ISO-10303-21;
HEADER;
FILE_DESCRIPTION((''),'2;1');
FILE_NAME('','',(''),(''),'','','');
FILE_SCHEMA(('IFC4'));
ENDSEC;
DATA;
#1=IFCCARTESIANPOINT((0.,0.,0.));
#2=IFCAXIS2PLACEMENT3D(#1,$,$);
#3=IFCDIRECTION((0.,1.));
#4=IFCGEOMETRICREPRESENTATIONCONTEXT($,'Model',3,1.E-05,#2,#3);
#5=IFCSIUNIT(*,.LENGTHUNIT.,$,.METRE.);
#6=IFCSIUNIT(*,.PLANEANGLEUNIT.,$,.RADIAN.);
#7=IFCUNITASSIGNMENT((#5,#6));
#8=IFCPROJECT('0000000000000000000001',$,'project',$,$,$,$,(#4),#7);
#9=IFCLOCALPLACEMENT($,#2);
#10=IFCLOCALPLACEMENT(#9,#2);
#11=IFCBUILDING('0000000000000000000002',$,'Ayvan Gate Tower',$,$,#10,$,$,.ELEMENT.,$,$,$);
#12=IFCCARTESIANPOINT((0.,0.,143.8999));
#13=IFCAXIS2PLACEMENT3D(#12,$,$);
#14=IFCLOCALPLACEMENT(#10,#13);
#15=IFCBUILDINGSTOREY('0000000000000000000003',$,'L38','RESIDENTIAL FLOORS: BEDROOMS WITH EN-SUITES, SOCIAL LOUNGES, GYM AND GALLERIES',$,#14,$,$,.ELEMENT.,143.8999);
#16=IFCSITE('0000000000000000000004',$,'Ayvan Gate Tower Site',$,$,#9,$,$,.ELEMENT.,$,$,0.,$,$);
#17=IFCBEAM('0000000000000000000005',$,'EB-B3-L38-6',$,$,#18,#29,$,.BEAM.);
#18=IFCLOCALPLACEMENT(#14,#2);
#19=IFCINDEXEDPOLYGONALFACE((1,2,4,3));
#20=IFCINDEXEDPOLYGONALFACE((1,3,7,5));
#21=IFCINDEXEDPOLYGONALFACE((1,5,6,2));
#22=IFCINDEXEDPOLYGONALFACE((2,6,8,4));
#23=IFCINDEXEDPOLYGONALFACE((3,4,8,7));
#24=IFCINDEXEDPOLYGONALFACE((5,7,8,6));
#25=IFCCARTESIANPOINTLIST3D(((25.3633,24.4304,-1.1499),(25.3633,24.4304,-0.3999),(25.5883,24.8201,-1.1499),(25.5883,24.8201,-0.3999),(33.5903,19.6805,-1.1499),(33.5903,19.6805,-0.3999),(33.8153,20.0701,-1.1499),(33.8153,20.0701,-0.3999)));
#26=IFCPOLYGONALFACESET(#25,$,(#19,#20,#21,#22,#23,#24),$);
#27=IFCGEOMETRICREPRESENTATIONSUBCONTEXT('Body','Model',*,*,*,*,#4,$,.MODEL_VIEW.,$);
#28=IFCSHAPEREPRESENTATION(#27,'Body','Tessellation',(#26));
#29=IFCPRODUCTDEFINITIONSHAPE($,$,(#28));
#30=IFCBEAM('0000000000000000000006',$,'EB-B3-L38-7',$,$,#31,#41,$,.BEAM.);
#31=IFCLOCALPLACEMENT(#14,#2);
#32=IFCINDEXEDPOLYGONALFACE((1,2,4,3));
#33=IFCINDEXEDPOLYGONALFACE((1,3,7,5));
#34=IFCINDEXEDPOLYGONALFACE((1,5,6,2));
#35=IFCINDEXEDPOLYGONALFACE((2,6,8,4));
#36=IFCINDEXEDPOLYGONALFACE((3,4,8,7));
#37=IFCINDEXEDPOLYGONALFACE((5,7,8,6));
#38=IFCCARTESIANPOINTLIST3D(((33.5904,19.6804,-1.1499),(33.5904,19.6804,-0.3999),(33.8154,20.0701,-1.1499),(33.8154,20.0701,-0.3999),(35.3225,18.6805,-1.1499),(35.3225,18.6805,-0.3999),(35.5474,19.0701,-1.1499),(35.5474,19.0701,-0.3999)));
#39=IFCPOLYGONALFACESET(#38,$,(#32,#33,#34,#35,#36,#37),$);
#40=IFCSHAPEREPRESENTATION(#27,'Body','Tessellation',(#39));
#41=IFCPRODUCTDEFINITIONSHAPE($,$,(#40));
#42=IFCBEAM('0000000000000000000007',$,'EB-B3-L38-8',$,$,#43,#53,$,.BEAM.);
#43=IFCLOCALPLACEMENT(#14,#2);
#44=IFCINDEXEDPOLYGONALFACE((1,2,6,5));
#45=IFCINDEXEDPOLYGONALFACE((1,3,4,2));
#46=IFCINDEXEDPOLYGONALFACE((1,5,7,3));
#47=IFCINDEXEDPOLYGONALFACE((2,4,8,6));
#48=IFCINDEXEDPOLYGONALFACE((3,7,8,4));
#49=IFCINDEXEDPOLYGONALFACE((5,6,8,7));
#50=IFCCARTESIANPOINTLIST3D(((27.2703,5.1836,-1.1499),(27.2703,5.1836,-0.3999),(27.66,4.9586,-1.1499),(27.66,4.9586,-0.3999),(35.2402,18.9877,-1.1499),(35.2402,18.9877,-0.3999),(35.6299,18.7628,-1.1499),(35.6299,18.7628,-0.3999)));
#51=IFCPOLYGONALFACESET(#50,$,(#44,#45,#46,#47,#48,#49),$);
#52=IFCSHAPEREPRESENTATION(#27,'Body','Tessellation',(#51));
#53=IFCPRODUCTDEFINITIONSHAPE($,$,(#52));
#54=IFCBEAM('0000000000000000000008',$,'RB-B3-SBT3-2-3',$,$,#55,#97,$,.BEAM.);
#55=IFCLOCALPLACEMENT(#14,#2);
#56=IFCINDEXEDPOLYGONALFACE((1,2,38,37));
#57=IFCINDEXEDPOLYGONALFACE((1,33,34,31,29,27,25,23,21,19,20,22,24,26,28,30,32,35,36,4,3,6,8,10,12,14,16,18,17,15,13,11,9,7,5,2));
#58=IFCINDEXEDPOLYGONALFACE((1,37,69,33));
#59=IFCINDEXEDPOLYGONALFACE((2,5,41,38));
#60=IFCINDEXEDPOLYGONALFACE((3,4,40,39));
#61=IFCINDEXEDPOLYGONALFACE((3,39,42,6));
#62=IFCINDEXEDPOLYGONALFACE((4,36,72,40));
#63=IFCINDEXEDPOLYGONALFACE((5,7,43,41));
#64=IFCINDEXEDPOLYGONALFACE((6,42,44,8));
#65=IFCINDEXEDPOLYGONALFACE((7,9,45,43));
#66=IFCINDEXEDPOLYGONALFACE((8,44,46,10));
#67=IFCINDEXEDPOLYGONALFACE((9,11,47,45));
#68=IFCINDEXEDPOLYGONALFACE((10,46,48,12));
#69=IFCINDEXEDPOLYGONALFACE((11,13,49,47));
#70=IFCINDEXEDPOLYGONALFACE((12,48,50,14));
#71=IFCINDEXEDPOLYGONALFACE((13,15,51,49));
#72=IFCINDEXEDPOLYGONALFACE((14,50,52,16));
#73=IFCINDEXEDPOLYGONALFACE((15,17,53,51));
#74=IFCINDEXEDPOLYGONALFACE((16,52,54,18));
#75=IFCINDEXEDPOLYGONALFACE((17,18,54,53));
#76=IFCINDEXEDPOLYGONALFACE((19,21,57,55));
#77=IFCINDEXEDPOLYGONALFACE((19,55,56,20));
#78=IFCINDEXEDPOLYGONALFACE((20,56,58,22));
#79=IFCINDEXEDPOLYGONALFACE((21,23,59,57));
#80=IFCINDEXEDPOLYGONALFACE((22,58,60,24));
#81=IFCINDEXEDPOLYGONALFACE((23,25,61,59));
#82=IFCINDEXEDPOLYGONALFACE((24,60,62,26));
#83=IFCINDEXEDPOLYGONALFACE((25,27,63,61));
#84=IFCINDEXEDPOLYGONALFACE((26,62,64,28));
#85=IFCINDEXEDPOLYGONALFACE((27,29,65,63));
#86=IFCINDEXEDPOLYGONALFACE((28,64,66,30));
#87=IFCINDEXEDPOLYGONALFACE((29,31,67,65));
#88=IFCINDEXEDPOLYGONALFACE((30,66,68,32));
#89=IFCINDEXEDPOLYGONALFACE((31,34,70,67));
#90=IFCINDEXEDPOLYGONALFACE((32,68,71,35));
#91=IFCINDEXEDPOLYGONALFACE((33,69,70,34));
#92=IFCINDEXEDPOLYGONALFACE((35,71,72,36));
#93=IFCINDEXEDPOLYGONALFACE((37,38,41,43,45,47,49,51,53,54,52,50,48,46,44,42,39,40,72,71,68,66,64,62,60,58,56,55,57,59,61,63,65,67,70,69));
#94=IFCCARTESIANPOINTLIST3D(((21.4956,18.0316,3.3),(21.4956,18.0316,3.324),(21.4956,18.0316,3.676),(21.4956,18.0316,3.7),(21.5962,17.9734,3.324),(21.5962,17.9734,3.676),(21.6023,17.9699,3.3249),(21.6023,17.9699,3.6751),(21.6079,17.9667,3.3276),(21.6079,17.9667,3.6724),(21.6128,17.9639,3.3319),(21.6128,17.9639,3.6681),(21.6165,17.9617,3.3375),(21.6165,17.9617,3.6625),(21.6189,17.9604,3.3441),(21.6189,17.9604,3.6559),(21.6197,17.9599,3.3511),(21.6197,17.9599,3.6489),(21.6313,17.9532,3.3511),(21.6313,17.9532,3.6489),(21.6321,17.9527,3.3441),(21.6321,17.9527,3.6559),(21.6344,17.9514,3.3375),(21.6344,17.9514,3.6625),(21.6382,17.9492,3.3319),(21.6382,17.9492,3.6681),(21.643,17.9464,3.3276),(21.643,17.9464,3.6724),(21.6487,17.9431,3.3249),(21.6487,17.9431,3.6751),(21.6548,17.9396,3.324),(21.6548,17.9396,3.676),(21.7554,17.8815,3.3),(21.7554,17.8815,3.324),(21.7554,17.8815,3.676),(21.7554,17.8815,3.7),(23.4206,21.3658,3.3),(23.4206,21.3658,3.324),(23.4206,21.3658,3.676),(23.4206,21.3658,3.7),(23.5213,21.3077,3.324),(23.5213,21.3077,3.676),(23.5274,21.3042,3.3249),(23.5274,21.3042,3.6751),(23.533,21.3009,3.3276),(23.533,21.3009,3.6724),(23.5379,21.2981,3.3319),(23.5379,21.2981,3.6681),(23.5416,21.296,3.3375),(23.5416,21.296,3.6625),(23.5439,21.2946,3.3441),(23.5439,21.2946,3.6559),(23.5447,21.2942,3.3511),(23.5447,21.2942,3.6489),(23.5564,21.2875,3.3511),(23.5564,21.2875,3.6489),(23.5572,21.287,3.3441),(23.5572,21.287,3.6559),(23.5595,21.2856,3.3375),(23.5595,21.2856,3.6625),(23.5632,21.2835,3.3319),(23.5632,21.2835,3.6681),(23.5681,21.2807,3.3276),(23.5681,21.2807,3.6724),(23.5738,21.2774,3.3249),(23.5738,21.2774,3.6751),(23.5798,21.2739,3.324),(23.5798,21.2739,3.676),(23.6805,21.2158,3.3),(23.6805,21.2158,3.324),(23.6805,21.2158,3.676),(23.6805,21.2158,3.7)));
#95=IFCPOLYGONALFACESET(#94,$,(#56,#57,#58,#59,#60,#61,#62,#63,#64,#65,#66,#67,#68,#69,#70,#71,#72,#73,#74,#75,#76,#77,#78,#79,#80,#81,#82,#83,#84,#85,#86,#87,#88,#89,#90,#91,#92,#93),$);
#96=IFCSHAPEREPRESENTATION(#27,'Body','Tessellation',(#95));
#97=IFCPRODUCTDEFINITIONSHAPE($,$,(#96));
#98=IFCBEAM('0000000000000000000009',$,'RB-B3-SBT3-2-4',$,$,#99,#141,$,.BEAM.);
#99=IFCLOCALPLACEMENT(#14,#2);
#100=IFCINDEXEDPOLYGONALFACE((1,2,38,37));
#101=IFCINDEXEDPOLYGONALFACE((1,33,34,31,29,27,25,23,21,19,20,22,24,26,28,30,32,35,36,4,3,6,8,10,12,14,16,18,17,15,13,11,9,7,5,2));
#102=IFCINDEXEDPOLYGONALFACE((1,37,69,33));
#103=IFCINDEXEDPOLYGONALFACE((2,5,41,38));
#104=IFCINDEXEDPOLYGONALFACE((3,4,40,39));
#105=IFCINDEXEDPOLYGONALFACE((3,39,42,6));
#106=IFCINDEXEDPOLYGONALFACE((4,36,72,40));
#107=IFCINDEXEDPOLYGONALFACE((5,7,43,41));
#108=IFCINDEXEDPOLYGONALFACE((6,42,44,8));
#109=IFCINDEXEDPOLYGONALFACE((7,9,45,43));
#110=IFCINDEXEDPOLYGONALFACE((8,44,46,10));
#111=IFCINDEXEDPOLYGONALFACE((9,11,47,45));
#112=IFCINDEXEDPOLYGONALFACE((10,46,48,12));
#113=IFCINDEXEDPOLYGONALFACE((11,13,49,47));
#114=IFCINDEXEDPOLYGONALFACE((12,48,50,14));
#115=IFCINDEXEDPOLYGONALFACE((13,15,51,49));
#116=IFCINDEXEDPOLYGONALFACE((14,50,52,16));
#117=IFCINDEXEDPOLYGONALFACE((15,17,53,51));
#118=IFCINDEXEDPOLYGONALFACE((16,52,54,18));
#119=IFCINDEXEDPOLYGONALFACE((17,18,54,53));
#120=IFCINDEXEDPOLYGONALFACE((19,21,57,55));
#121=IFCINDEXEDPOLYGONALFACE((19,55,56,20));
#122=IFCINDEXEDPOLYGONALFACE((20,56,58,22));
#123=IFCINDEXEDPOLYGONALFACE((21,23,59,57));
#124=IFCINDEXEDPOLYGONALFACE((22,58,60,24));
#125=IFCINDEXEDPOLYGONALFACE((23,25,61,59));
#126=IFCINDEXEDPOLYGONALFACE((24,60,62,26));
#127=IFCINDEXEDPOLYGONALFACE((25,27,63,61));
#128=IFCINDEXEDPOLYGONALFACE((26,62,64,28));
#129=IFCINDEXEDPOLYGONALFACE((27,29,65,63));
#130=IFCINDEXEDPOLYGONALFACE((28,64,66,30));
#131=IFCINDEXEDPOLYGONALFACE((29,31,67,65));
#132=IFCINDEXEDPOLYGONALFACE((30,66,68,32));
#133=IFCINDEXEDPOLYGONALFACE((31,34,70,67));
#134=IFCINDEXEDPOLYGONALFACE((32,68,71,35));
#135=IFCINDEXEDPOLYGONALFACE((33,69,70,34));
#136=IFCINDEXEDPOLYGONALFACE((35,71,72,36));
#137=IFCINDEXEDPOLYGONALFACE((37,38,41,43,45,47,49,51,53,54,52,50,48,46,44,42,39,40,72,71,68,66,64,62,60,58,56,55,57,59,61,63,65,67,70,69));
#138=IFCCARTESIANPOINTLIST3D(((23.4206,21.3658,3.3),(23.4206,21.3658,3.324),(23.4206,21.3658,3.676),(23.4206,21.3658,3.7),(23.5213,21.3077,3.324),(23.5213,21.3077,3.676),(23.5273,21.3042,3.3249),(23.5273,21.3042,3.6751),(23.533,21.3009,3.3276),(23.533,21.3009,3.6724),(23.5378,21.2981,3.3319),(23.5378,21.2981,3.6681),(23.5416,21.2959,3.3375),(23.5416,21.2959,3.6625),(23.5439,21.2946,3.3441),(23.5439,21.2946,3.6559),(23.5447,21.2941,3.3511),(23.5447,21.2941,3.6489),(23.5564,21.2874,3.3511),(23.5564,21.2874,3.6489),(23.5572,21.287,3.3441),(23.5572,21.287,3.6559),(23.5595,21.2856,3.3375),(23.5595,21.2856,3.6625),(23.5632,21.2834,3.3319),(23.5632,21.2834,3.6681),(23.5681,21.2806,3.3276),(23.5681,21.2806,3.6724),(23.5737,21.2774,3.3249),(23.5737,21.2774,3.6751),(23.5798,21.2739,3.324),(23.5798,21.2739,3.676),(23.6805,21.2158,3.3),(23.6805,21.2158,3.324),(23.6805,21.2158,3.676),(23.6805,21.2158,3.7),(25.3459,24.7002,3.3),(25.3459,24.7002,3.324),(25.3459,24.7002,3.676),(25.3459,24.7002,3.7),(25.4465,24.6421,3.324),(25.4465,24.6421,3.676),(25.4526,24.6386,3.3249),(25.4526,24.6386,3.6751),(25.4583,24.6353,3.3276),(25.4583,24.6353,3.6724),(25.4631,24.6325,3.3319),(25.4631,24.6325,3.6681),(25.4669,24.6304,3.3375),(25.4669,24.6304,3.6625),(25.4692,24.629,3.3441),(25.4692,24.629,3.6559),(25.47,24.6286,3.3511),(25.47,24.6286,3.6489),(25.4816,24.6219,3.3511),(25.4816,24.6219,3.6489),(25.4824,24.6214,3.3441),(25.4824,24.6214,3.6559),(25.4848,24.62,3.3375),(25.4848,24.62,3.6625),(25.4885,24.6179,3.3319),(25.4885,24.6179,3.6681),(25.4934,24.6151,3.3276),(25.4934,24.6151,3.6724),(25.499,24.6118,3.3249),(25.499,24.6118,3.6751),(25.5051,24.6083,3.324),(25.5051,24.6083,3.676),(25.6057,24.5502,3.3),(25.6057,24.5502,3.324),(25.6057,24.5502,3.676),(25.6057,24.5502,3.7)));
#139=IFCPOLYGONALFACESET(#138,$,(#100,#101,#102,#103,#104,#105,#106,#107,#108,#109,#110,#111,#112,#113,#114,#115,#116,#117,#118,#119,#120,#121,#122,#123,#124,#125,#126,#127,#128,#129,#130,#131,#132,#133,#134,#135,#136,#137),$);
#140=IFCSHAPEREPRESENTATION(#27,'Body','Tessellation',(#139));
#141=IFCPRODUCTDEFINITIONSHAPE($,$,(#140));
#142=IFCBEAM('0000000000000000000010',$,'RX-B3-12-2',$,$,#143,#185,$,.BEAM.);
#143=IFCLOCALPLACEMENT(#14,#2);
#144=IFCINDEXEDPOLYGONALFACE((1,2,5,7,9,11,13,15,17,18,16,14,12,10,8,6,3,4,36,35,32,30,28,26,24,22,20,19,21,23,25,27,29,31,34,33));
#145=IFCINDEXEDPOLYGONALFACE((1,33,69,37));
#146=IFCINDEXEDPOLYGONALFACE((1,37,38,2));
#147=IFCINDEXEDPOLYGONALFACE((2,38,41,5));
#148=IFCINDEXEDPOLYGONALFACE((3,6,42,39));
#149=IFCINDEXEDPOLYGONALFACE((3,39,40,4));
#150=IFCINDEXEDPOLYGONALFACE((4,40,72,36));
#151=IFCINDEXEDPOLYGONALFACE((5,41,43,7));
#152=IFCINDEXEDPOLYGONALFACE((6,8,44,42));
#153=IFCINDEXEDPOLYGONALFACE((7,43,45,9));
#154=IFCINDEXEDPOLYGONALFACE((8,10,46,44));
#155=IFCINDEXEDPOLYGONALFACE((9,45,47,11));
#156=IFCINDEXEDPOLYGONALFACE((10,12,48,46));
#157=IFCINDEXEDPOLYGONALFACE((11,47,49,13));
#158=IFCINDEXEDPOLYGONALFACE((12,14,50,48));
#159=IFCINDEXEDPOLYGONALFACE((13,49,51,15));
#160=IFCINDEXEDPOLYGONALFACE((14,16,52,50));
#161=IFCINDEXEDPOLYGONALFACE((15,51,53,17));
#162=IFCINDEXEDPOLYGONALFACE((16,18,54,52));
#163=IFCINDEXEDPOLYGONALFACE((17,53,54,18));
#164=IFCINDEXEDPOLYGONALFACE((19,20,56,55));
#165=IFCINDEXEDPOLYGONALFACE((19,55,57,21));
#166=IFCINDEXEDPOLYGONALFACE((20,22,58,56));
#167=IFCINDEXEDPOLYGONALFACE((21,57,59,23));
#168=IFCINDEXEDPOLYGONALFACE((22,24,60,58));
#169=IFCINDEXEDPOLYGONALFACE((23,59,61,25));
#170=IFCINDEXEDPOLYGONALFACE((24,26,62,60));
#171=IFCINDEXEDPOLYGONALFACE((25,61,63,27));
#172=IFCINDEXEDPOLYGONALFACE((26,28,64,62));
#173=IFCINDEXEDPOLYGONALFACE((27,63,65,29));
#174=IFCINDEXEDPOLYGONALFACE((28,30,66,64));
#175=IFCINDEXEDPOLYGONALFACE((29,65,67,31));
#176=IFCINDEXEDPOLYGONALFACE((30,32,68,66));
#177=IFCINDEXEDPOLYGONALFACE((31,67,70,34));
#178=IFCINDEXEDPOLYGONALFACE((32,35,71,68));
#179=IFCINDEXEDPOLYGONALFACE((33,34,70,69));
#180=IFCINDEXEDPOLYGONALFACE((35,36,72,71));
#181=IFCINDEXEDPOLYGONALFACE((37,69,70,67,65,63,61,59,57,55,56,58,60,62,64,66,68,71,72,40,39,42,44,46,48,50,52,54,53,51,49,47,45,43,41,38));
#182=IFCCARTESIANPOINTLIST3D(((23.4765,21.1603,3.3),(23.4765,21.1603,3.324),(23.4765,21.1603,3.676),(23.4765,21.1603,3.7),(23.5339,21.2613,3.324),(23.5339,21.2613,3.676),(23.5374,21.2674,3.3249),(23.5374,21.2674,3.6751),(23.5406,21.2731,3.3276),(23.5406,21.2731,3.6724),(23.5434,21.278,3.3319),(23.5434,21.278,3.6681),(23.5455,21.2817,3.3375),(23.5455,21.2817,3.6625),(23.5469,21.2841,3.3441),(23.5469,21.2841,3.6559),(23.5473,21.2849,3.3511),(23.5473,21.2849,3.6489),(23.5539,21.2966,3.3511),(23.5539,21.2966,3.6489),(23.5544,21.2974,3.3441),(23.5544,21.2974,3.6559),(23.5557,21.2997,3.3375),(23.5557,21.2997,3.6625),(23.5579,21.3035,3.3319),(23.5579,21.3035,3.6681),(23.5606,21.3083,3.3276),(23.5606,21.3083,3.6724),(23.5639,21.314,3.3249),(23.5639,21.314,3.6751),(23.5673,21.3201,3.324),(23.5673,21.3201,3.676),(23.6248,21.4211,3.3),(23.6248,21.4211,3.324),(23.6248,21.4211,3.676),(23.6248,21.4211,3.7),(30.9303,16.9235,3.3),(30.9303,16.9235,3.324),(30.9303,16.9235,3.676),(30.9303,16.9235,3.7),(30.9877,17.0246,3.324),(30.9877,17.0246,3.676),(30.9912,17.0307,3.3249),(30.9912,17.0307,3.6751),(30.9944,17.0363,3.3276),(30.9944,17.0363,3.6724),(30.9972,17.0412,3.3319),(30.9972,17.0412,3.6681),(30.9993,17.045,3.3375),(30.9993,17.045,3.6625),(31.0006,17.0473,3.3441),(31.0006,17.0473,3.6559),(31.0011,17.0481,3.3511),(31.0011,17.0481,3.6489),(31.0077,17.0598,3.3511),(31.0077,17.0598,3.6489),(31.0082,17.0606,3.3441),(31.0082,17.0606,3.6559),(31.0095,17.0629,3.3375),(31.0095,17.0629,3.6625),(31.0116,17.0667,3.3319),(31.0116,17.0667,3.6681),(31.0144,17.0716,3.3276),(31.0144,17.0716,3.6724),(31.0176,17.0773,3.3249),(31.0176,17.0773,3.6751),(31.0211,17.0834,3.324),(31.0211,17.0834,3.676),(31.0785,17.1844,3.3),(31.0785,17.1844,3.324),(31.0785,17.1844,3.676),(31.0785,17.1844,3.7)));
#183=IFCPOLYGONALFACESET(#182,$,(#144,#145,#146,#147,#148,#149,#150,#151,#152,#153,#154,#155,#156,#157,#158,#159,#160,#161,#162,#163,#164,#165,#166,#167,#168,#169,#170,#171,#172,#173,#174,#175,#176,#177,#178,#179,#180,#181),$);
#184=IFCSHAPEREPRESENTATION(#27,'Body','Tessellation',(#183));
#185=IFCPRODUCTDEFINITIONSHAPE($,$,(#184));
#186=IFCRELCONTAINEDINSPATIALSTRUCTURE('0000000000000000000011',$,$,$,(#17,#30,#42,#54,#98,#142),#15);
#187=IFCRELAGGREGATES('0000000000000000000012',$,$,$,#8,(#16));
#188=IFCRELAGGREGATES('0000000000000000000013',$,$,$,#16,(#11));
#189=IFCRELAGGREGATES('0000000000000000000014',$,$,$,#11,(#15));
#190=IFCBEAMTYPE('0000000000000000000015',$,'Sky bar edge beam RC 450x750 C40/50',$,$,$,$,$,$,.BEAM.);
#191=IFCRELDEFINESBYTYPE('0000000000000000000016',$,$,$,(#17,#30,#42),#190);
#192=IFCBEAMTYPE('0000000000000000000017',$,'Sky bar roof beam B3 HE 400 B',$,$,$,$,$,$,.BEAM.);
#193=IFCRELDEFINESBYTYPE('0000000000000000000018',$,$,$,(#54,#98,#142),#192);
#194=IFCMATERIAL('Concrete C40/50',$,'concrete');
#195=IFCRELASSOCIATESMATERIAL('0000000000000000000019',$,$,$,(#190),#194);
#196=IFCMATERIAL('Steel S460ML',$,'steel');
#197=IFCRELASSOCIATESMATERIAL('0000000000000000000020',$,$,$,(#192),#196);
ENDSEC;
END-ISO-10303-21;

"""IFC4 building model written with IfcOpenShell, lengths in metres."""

from ifc_helpers import new_model, si_unit, direction, frame, origin, origin_2d, place, context, subcontext, project, spatial, rectangle, i_section, extrude, material, material_profile, profile_set, type_object, element, save


model = new_model("IFC4")

# Units and contexts
model_context = context("Model", 3, precision=1e-05, world=origin(), true_north=direction((0.0, 1.0)))
body_context = subcontext(model_context, "Body", "Model", "MODEL_VIEW")
ifc_project = project(units=[si_unit("LENGTHUNIT", "METRE"), si_unit("PLANEANGLEUNIT", "RADIAN")], contexts=[model_context])

# Site, building, storey
site_placement = place(None, origin())
site = spatial("IfcSite", under=ifc_project, at=site_placement, Name="Ayvan Gate Tower Site", CompositionType="ELEMENT", RefElevation=0.0)
building_placement = place(site_placement, origin())
building = spatial("IfcBuilding", under=site, at=building_placement, Name="Ayvan Gate Tower", CompositionType="ELEMENT")
storey_placement = place(building_placement, frame((0.0, 0.0, 143.8999)))
storey = spatial("IfcBuildingStorey", under=building, at=storey_placement, Name="L38", Description="RESIDENTIAL FLOORS: BEDROOMS WITH EN-SUITES, SOCIAL LOUNGES, GYM AND GALLERIES", CompositionType="ELEMENT", Elevation=143.8999)

# Beams
ifc_material_1 = material(Name="Concrete C40/50", Category="concrete")
ifc_material_profile_1 = material_profile(ifc_material_1, rectangle(XDim=0.45, YDim=0.75, at=origin_2d()), Name="RC 450x750")
ifc_profile_set_1 = profile_set([ifc_material_profile_1], Name="Concrete C40/50")
beam_type_1 = type_object("IfcBeamType", Name="Sky bar edge beam RC 450x750 C40/50", PredefinedType="BEAM", material=ifc_profile_set_1)
beam_1_placement = place(storey_placement, frame((25.4758, 24.6252, -0.7749), z_axis=(0.86602, -0.500009, 0.0), x_axis=(0.500009, 0.86602, 0.0)))
element("IfcBeam", 1, at=beam_1_placement, inside=storey, type_object=beam_type_1, Name="EB-B3-L38-6", PredefinedType="BEAM", context=body_context, shape_type="SweptSolid", body=[
    extrude(rectangle(XDim=0.45, YDim=0.75, at=origin_2d()), origin(), (0.0, 0.0, 1.0), 9.4998),
])
beam_2_placement = place(storey_placement, frame((33.7029, 19.8752, -0.7749), z_axis=(0.866041, -0.499973, 0.0), x_axis=(0.499973, 0.866041, 0.0)))
element("IfcBeam", 2, at=beam_2_placement, inside=storey, type_object=beam_type_1, Name="EB-B3-L38-7", PredefinedType="BEAM", context=body_context, shape_type="SweptSolid", body=[
    extrude(rectangle(XDim=0.45, YDim=0.75, at=origin_2d()), origin(), (0.0, 0.0, 1.0), 2.0),
])
beam_3_placement = place(storey_placement, frame((35.4351, 18.8752, -0.7749), z_axis=(-0.500005, -0.866022, 0.0), x_axis=(0.866022, -0.500005, 0.0)))
element("IfcBeam", 3, at=beam_3_placement, inside=storey, type_object=beam_type_1, Name="EB-B3-L38-8", PredefinedType="BEAM", context=body_context, shape_type="SweptSolid", body=[
    extrude(rectangle(XDim=0.45, YDim=0.75, at=origin_2d()), origin(), (0.0, 0.0, 1.0), 15.9397),
])
ifc_material_2 = material(Name="Steel S460ML", Category="steel")
ifc_material_profile_2 = material_profile(ifc_material_2, i_section(OverallWidth=0.3, OverallDepth=0.3999, WebThickness=0.0134, FlangeThickness=0.0239, FilletRadius=0.0271, at=origin_2d()), Name="HE 400 B")
ifc_profile_set_2 = profile_set([ifc_material_profile_2], Name="Steel S460ML")
beam_type_2 = type_object("IfcBeamType", Name="Sky bar roof beam B3 HE 400 B", PredefinedType="BEAM", material=ifc_profile_set_2)
beam_4_placement = place(storey_placement, frame((21.6255, 17.9565, 3.5), z_axis=(0.500006, 0.866022, 0.0), x_axis=(-0.866022, 0.500006, 0.0)))
element("IfcBeam", 4, at=beam_4_placement, inside=storey, type_object=beam_type_2, Name="RB-B3-SBT3-2-3", PredefinedType="BEAM", context=body_context, shape_type="SweptSolid", body=[
    extrude(i_section(OverallWidth=0.3, OverallDepth=0.3999, WebThickness=0.0134, FlangeThickness=0.0239, FilletRadius=0.0271, at=origin_2d()), origin(), (0.0, 0.0, 1.0), 3.8501),
])
beam_5_placement = place(storey_placement, frame((23.5505, 21.2908, 3.5), z_axis=(0.500026, 0.86601, 0.0), x_axis=(-0.86601, 0.500026, 0.0)))
element("IfcBeam", 5, at=beam_5_placement, inside=storey, type_object=beam_type_2, Name="RB-B3-SBT3-2-4", PredefinedType="BEAM", context=body_context, shape_type="SweptSolid", body=[
    extrude(i_section(OverallWidth=0.3, OverallDepth=0.3999, WebThickness=0.0134, FlangeThickness=0.0239, FilletRadius=0.0271, at=origin_2d()), origin(), (0.0, 0.0, 1.0), 3.8503),
])
beam_6_placement = place(storey_placement, frame((31.0044, 17.054, 3.5), z_axis=(-0.869373, 0.494157, 0.0), x_axis=(-0.494157, -0.869373, 0.0)))
element("IfcBeam", 6, at=beam_6_placement, inside=storey, type_object=beam_type_2, Name="RX-B3-12-2", PredefinedType="BEAM", context=body_context, shape_type="SweptSolid", body=[
    extrude(i_section(OverallWidth=0.3, OverallDepth=0.3999, WebThickness=0.0134, FlangeThickness=0.0239, FilletRadius=0.0271, at=origin_2d()), origin(), (0.0, 0.0, 1.0), 8.5737),
])

save(model, "model.ifc")
